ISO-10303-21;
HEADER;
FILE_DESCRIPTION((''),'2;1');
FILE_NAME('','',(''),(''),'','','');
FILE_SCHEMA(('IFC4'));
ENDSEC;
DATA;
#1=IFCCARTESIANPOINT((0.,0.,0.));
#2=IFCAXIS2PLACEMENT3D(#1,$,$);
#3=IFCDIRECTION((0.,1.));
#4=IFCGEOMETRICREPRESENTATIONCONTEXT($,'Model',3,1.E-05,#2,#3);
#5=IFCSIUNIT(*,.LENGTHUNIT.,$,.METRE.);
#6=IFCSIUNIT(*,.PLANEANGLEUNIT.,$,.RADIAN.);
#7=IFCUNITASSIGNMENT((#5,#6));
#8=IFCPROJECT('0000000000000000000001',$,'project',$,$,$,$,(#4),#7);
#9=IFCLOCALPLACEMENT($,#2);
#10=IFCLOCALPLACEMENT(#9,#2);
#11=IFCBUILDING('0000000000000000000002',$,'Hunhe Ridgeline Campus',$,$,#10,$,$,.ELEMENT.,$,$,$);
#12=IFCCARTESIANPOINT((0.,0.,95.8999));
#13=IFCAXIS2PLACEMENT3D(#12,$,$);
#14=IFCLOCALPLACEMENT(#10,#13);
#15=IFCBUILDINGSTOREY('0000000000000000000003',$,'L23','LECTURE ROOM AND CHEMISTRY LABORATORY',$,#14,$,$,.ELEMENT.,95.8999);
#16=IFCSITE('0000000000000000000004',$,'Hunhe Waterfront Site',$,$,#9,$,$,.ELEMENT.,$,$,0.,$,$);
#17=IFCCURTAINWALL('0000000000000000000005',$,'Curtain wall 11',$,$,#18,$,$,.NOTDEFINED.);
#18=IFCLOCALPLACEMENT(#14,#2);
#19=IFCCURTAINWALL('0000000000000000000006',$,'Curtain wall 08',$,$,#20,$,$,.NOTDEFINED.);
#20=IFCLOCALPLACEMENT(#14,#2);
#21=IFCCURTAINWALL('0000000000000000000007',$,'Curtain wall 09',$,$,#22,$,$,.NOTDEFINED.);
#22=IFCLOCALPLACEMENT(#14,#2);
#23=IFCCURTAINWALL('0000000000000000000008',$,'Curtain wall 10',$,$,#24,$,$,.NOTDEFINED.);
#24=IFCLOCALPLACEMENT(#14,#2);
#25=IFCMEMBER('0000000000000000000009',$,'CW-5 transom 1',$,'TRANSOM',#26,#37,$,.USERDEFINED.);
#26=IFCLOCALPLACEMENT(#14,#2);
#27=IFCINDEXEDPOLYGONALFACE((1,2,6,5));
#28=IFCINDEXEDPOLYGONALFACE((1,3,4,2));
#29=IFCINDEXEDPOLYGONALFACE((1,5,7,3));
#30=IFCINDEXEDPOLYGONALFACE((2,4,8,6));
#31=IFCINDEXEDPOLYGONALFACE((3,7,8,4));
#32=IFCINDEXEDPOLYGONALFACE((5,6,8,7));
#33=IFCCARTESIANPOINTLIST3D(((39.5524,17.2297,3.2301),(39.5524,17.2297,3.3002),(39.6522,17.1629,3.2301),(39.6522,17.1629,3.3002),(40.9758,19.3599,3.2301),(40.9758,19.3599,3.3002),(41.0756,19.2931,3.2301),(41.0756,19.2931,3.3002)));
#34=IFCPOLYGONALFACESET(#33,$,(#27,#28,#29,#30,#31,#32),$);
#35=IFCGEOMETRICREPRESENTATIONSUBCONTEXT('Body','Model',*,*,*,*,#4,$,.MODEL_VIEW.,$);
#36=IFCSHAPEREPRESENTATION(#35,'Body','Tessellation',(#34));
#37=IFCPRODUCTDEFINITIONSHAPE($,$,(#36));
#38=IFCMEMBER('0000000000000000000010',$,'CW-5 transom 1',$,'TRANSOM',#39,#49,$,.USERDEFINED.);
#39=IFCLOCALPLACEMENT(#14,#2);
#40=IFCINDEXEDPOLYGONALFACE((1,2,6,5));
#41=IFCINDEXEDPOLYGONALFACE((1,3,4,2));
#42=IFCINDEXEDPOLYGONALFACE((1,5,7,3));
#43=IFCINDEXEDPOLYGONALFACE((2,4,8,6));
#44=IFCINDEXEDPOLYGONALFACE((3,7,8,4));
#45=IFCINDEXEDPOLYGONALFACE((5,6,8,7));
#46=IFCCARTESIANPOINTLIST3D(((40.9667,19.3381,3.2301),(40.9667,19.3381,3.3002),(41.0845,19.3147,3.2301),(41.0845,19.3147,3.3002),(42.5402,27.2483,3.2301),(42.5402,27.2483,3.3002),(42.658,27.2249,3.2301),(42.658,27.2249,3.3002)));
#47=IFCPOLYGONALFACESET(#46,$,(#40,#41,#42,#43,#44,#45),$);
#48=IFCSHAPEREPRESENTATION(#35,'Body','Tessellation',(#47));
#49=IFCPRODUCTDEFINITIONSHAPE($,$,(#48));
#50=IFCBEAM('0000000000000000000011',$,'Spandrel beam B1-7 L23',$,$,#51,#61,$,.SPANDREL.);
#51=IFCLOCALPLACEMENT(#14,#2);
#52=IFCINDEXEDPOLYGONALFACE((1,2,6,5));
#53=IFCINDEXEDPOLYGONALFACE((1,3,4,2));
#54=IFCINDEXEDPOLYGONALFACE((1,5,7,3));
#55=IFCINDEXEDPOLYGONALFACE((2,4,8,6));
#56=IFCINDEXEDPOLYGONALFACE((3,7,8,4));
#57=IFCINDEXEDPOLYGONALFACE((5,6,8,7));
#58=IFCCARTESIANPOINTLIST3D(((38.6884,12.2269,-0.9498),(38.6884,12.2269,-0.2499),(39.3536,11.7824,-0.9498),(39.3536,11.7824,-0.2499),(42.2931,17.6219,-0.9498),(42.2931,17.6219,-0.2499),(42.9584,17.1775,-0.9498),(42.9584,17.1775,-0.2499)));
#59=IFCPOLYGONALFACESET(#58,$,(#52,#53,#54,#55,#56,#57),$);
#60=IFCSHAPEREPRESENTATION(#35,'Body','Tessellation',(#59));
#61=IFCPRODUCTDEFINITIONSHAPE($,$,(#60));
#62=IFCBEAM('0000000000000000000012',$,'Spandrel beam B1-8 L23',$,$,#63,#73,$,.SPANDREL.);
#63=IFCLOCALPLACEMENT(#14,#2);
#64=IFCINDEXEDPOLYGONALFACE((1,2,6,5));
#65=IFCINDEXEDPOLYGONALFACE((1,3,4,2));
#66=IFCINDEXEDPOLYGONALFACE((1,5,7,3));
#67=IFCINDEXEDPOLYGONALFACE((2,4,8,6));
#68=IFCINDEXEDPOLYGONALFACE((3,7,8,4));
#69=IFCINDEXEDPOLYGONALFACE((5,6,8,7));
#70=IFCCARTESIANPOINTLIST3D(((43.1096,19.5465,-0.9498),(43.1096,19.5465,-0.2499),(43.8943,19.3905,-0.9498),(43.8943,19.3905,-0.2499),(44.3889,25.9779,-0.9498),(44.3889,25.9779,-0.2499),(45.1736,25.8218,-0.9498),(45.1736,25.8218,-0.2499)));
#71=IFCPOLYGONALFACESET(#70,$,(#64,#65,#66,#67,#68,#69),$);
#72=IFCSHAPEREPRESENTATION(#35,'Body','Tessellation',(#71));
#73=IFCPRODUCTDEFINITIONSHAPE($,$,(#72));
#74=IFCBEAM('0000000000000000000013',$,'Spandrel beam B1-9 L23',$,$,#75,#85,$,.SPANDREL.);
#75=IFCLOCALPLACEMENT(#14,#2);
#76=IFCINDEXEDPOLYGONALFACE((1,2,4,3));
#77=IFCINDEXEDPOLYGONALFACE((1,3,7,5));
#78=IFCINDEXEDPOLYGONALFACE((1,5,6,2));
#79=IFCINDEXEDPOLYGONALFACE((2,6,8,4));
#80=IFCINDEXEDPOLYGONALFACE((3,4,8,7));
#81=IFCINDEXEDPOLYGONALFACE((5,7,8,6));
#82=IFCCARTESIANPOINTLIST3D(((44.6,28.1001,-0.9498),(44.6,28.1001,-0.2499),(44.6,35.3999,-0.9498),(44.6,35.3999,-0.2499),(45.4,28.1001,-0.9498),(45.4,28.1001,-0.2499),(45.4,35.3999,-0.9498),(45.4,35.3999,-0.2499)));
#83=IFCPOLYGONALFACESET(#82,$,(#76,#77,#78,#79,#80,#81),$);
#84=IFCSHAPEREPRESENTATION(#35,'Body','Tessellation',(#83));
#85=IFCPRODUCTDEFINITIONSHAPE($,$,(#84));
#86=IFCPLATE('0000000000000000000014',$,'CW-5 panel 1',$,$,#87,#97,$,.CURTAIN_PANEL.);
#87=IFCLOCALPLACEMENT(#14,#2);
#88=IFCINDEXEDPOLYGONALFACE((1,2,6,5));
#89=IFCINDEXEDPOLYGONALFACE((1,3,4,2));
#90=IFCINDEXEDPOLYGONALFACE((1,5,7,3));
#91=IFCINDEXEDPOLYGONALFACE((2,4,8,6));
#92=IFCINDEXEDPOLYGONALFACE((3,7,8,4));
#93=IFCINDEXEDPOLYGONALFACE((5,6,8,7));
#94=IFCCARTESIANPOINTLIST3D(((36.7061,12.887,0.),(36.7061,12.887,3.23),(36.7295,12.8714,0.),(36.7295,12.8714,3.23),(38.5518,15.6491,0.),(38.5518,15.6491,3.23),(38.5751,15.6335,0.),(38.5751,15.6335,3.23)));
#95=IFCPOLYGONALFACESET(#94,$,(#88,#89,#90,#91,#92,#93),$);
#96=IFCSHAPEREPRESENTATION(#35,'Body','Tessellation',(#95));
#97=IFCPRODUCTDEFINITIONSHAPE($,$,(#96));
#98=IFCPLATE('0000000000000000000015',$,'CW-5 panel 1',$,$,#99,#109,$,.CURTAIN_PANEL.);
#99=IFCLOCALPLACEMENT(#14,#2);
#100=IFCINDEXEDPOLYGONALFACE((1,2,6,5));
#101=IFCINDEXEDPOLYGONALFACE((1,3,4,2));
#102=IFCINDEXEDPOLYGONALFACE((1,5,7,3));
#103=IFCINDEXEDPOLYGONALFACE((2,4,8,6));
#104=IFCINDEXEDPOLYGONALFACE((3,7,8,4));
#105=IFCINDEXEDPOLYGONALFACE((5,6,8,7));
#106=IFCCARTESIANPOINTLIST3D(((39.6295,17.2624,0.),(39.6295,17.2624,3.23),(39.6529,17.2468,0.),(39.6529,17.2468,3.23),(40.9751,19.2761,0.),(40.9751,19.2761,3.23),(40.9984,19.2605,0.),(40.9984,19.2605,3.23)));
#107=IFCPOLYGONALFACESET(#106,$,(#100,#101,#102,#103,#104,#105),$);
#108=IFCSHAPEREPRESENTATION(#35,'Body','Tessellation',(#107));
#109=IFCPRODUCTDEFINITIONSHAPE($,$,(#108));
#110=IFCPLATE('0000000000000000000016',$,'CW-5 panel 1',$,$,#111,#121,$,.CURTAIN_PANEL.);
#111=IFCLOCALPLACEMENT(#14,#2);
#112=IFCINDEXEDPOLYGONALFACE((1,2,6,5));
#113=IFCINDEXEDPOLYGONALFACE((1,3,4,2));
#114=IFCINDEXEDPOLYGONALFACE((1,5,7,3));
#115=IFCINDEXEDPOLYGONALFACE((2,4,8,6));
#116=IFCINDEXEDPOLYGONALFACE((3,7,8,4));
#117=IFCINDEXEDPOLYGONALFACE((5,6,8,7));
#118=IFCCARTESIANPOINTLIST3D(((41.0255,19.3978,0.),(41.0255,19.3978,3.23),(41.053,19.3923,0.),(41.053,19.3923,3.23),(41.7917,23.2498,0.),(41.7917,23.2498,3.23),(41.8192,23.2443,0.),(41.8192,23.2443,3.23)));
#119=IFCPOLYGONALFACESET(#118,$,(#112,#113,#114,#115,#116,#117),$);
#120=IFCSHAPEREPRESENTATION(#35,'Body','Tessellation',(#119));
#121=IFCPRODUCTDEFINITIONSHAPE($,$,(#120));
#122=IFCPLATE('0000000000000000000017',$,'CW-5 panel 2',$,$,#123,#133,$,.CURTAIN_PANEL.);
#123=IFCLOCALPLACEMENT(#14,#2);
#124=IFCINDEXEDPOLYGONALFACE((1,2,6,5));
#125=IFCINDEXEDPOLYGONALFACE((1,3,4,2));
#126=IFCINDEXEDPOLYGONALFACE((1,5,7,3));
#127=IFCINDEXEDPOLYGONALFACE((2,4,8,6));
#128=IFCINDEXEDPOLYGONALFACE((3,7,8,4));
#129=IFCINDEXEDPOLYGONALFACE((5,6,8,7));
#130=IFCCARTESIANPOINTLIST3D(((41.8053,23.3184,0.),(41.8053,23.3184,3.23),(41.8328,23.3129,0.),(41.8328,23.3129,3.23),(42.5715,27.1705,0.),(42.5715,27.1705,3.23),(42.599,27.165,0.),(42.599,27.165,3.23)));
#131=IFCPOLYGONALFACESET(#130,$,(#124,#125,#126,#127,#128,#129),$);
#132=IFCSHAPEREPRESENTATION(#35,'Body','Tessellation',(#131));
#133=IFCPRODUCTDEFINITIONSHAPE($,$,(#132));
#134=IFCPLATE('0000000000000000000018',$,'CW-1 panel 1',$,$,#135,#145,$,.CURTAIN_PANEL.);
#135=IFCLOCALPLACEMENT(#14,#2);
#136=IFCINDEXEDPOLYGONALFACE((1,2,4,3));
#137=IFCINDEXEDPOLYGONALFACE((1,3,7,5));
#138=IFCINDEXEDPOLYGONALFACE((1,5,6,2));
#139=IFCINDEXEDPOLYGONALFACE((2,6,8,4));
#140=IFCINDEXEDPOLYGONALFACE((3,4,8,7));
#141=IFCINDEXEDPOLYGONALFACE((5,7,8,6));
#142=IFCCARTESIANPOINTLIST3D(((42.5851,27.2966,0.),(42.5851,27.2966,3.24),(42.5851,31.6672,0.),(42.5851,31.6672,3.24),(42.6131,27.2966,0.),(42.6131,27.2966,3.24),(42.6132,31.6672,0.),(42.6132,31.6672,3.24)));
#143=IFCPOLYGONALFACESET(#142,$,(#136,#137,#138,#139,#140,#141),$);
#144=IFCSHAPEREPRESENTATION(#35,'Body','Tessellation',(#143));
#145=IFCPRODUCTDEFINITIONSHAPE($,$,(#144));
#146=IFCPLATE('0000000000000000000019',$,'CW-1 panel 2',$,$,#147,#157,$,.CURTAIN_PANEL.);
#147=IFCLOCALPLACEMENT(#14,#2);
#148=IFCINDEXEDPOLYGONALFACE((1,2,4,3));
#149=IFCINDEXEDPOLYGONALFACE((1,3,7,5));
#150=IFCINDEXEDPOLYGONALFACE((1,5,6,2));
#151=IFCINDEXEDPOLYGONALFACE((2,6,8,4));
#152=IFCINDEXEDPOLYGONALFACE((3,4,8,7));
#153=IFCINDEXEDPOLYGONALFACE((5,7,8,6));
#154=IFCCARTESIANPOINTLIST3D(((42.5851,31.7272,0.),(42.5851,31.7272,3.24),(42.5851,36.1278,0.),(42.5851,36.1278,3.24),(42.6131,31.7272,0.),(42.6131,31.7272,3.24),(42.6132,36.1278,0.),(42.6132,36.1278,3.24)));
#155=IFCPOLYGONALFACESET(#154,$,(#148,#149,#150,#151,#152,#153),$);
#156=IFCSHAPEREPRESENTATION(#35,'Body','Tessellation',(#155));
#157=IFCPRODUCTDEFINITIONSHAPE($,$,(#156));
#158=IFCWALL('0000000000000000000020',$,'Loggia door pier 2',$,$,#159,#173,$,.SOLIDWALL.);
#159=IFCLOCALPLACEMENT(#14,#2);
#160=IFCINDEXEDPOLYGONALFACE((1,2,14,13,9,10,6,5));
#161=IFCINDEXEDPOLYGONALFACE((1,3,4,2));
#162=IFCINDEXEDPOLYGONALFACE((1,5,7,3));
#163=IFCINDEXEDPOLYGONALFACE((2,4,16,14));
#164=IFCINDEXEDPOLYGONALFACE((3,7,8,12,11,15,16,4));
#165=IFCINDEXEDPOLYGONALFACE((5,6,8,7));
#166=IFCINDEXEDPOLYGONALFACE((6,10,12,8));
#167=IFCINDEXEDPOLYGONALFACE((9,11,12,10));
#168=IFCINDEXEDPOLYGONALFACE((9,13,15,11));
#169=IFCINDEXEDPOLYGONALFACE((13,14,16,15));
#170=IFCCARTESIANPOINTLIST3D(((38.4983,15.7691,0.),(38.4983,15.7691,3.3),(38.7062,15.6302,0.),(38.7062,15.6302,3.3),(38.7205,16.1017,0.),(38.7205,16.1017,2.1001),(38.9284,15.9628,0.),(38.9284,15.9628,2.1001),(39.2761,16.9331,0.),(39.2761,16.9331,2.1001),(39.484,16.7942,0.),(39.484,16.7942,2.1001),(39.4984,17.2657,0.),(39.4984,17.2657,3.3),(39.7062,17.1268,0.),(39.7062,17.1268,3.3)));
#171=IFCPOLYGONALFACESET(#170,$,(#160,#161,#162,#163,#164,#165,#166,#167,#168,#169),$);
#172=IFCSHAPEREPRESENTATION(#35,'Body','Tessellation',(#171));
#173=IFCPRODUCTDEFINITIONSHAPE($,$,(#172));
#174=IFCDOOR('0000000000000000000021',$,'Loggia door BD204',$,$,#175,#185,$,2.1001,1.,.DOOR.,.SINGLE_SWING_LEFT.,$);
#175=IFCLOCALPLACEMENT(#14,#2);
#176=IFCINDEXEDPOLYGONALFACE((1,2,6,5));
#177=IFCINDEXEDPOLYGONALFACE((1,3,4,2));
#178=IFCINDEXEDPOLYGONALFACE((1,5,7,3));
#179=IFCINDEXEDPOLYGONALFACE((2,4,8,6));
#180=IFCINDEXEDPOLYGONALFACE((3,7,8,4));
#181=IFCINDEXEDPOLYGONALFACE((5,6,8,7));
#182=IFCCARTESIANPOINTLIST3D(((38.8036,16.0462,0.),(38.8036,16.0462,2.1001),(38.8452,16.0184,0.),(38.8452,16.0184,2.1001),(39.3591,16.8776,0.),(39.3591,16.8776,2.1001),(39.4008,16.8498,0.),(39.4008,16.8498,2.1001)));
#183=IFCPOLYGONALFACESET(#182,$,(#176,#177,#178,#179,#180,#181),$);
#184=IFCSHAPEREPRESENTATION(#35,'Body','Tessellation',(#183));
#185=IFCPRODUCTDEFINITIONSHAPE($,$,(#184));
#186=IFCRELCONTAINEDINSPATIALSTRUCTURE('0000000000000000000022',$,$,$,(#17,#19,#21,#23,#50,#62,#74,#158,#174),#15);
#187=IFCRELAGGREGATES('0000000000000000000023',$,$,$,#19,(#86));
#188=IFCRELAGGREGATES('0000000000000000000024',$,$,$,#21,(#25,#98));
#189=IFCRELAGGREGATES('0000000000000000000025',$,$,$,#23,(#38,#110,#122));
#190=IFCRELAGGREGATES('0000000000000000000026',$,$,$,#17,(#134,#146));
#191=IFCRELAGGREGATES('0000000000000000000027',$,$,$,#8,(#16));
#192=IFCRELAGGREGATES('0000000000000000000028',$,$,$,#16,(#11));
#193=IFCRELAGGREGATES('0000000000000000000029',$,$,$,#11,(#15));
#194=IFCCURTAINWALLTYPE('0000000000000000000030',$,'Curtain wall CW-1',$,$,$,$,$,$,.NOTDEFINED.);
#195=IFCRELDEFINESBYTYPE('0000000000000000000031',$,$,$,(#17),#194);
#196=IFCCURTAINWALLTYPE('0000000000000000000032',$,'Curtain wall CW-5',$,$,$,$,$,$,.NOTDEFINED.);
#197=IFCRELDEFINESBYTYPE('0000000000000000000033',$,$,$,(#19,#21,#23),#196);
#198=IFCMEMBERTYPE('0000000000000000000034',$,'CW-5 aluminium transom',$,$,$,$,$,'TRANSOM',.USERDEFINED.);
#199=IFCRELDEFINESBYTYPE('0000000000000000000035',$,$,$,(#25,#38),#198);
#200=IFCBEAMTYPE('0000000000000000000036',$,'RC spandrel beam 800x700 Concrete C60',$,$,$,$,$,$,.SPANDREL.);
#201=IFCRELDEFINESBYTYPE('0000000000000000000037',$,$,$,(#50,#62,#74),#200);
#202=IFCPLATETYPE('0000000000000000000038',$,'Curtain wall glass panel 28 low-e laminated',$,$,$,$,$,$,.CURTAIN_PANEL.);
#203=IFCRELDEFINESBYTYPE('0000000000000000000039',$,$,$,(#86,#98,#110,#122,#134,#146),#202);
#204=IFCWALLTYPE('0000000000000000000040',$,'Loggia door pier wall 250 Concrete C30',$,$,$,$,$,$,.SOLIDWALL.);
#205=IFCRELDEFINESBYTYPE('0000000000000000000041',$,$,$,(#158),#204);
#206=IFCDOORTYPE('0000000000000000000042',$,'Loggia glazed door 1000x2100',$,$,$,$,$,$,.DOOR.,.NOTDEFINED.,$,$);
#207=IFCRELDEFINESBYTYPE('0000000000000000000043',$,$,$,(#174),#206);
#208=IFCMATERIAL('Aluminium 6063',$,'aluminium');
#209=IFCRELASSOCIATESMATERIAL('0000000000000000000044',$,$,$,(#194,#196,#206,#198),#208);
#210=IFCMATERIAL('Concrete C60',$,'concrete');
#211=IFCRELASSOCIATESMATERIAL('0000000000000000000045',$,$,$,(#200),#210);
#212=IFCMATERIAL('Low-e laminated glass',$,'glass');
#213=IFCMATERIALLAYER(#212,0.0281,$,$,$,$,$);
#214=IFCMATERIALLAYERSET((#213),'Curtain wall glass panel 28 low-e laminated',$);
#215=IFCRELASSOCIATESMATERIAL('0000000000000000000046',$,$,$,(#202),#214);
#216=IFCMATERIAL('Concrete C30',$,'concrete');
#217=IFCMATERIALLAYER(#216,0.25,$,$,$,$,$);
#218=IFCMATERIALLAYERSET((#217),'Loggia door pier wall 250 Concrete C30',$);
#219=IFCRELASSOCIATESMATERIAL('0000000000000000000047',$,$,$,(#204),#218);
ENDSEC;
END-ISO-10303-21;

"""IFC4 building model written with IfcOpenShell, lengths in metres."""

from ifc_helpers import new_model, si_unit, direction, frame, frame_2d, origin, origin_2d, place, context, subcontext, project, spatial, rectangle, extrude, material, layer, layer_set, material_profile, profile_set, type_object, element, fill, aggregate, save


model = new_model("IFC4")

# Units and contexts
model_context = context("Model", 3, precision=1e-05, world=origin(), true_north=direction((0.0, 1.0)))
body_context = subcontext(model_context, "Body", "Model", "MODEL_VIEW")
ifc_project = project(units=[si_unit("LENGTHUNIT", "METRE"), si_unit("PLANEANGLEUNIT", "RADIAN")], contexts=[model_context])

# Site, building, storey
site_placement = place(None, origin())
site = spatial("IfcSite", under=ifc_project, at=site_placement, Name="Hunhe Waterfront Site", CompositionType="ELEMENT", RefElevation=0.0)
building_placement = place(site_placement, origin())
building = spatial("IfcBuilding", under=site, at=building_placement, Name="Hunhe Ridgeline Campus", CompositionType="ELEMENT")
storey_placement = place(building_placement, frame((0.0, 0.0, 95.8999)))
storey = spatial("IfcBuildingStorey", under=building, at=storey_placement, Name="L23", Description="LECTURE ROOM AND CHEMISTRY LABORATORY", CompositionType="ELEMENT", Elevation=95.8999)

# Curtain walls
ifc_material_1 = material(Name="Aluminium 6063", Category="aluminium")
curtain_wall_type_1 = type_object("IfcCurtainWallType", Name="Curtain wall CW-1", PredefinedType="NOTDEFINED", material=ifc_material_1)
curtain_wall_1_placement = place(storey_placement, origin())
curtain_wall_1 = element("IfcCurtainWall", 1, at=curtain_wall_1_placement, inside=storey, type_object=curtain_wall_type_1, Name="Curtain wall 11", PredefinedType="NOTDEFINED")
curtain_wall_type_2 = type_object("IfcCurtainWallType", Name="Curtain wall CW-5", PredefinedType="NOTDEFINED", material=ifc_material_1)
curtain_wall_2_placement = place(storey_placement, origin())
curtain_wall_2 = element("IfcCurtainWall", 2, at=curtain_wall_2_placement, inside=storey, type_object=curtain_wall_type_2, Name="Curtain wall 08", PredefinedType="NOTDEFINED")
curtain_wall_3_placement = place(storey_placement, origin())
curtain_wall_3 = element("IfcCurtainWall", 3, at=curtain_wall_3_placement, inside=storey, type_object=curtain_wall_type_2, Name="Curtain wall 09", PredefinedType="NOTDEFINED")
curtain_wall_4_placement = place(storey_placement, origin())
curtain_wall_4 = element("IfcCurtainWall", 4, at=curtain_wall_4_placement, inside=storey, type_object=curtain_wall_type_2, Name="Curtain wall 10", PredefinedType="NOTDEFINED")

# Members
ifc_material_profile_1 = material_profile(ifc_material_1, rectangle(XDim=0.1201, YDim=0.0701, at=origin_2d()))
ifc_profile_set_1 = profile_set([ifc_material_profile_1], Name="Aluminium 6063")
member_type_1 = type_object("IfcMemberType", Name="CW-5 aluminium transom", ElementType="TRANSOM", PredefinedType="USERDEFINED", material=ifc_profile_set_1)
member_1_placement = place(storey_placement, frame((39.6023, 17.1963, 3.2651), z_axis=(0.55558, 0.831463, 0.0), x_axis=(-0.831463, 0.55558, 0.0)))
member_1 = element("IfcMember", 5, at=member_1_placement, type_object=member_type_1, Name="CW-5 transom 1", ObjectType="TRANSOM", PredefinedType="USERDEFINED", context=body_context, shape_type="SweptSolid", body=[
    extrude(rectangle(XDim=0.1201, YDim=0.0701, at=origin_2d()), origin(), (0.0, 0.0, 1.0), 2.562),
])
member_2_placement = place(storey_placement, frame((41.0256, 19.3264, 3.2651), z_axis=(0.195097, 0.980784, 0.0), x_axis=(-0.980784, 0.195097, 0.0)))
member_2 = element("IfcMember", 6, at=member_2_placement, type_object=member_type_1, Name="CW-5 transom 1", ObjectType="TRANSOM", PredefinedType="USERDEFINED", context=body_context, shape_type="SweptSolid", body=[
    extrude(rectangle(XDim=0.1201, YDim=0.0701, at=origin_2d()), origin(), (0.0, 0.0, 1.0), 8.0652),
])

# Beams
ifc_material_2 = material(Name="Concrete C60", Category="concrete")
ifc_material_profile_2 = material_profile(ifc_material_2, rectangle(XDim=0.8, YDim=0.7, at=origin_2d()))
ifc_profile_set_2 = profile_set([ifc_material_profile_2], Name="Concrete C60")
beam_type = type_object("IfcBeamType", Name="RC spandrel beam 800x700 Concrete C60", PredefinedType="SPANDREL", material=ifc_profile_set_2)
beam_1_placement = place(storey_placement, frame((39.021, 12.0046, -0.5999), z_axis=(0.55556, 0.831477, 0.0), x_axis=(-0.831477, 0.55556, 0.0)))
element("IfcBeam", 7, at=beam_1_placement, inside=storey, type_object=beam_type, Name="Spandrel beam B1-7 L23", PredefinedType="SPANDREL", context=body_context, shape_type="SweptSolid", body=[
    extrude(rectangle(XDim=0.8, YDim=0.7, at=origin_2d()), origin(), (0.0, 0.0, 1.0), 6.4885),
])
beam_2_placement = place(storey_placement, frame((43.502, 19.4685, -0.5999), z_axis=(0.195092, 0.980785, 0.0), x_axis=(-0.980785, 0.195092, 0.0)))
element("IfcBeam", 8, at=beam_2_placement, inside=storey, type_object=beam_type, Name="Spandrel beam B1-8 L23", PredefinedType="SPANDREL", context=body_context, shape_type="SweptSolid", body=[
    extrude(rectangle(XDim=0.8, YDim=0.7, at=origin_2d()), origin(), (0.0, 0.0, 1.0), 6.5574),
])
beam_3_placement = place(storey_placement, frame((45.0, 28.1001, -0.5999), z_axis=(0.0, 1.0, 0.0), x_axis=(-1.0, 0.0, 0.0)))
element("IfcBeam", 9, at=beam_3_placement, inside=storey, type_object=beam_type, Name="Spandrel beam B1-9 L23", PredefinedType="SPANDREL", context=body_context, shape_type="SweptSolid", body=[
    extrude(rectangle(XDim=0.8, YDim=0.7, at=origin_2d()), origin(), (0.0, 0.0, 1.0), 7.2998),
])

# Plates
ifc_material_3 = material(Name="Low-e laminated glass", Category="glass")
ifc_layer_1 = layer(ifc_material_3, 0.0281)
ifc_layer_set_1 = layer_set([ifc_layer_1], Name="Curtain wall glass panel 28 low-e laminated")
plate_type = type_object("IfcPlateType", Name="Curtain wall glass panel 28 low-e laminated", PredefinedType="CURTAIN_PANEL", material=ifc_layer_set_1)
plate_1_placement = place(storey_placement, frame((37.6406, 14.2603, 0.0), z_axis=(0.0, 0.0, 1.0), x_axis=(0.55557, 0.83147, 0.0)))
plate_1 = element("IfcPlate", 10, at=plate_1_placement, type_object=plate_type, Name="CW-5 panel 1", PredefinedType="CURTAIN_PANEL", context=body_context, shape_type="SweptSolid", body=[
    extrude(rectangle(XDim=3.322, YDim=0.0281, at=origin_2d()), origin(), (0.0, 0.0, 1.0), 3.23),
])
aggregate(curtain_wall_2, [plate_1])
plate_2_placement = place(storey_placement, frame((40.314, 18.2615, 0.0), z_axis=(0.0, 0.0, 1.0), x_axis=(0.55557, 0.83147, 0.0)))
plate_2 = element("IfcPlate", 11, at=plate_2_placement, type_object=plate_type, Name="CW-5 panel 1", PredefinedType="CURTAIN_PANEL", context=body_context, shape_type="SweptSolid", body=[
    extrude(rectangle(XDim=2.4219, YDim=0.0281, at=origin_2d()), origin(), (0.0, 0.0, 1.0), 3.23),
])
aggregate(curtain_wall_3, [member_1, plate_2])
plate_3_placement = place(storey_placement, frame((41.4224, 21.321, 0.0), z_axis=(0.0, 0.0, 1.0), x_axis=(0.19509, 0.980785, 0.0)))
plate_3 = element("IfcPlate", 12, at=plate_3_placement, type_object=plate_type, Name="CW-5 panel 1", PredefinedType="CURTAIN_PANEL", context=body_context, shape_type="SweptSolid", body=[
    extrude(rectangle(XDim=3.9275, YDim=0.0281, at=origin_2d()), origin(), (0.0, 0.0, 1.0), 3.23),
])
plate_4_placement = place(storey_placement, frame((42.2021, 25.2417, 0.0), z_axis=(0.0, 0.0, 1.0), x_axis=(0.19509, 0.980785, 0.0)))
plate_4 = element("IfcPlate", 13, at=plate_4_placement, type_object=plate_type, Name="CW-5 panel 2", PredefinedType="CURTAIN_PANEL", context=body_context, shape_type="SweptSolid", body=[
    extrude(rectangle(XDim=3.9275, YDim=0.0281, at=origin_2d()), origin(), (0.0, 0.0, 1.0), 3.23),
])
aggregate(curtain_wall_4, [member_2, plate_3, plate_4])
plate_5_placement = place(storey_placement, frame((42.5991, 29.4819, 0.0), z_axis=(0.0, 0.0, 1.0), x_axis=(0.000011, 1.0, 0.0)))
plate_5 = element("IfcPlate", 14, at=plate_5_placement, type_object=plate_type, Name="CW-1 panel 1", PredefinedType="CURTAIN_PANEL", context=body_context, shape_type="SweptSolid", body=[
    extrude(rectangle(XDim=4.3706, YDim=0.0281, at=origin_2d()), origin(), (0.0, 0.0, 1.0), 3.24),
])
plate_6_placement = place(storey_placement, frame((42.5991, 33.9275, 0.0), z_axis=(0.0, 0.0, 1.0), x_axis=(0.000011, 1.0, 0.0)))
plate_6 = element("IfcPlate", 15, at=plate_6_placement, type_object=plate_type, Name="CW-1 panel 2", PredefinedType="CURTAIN_PANEL", context=body_context, shape_type="SweptSolid", body=[
    extrude(rectangle(XDim=4.4006, YDim=0.0281, at=origin_2d()), origin(), (0.0, 0.0, 1.0), 3.24),
])
aggregate(curtain_wall_1, [plate_5, plate_6])

# Wall, opening, door
ifc_material_4 = material(Name="Concrete C30", Category="concrete")
ifc_layer_2 = layer(ifc_material_4, 0.25)
ifc_layer_set_2 = layer_set([ifc_layer_2], Name="Loggia door pier wall 250 Concrete C30")
wall_type = type_object("IfcWallType", Name="Loggia door pier wall 250 Concrete C30", PredefinedType="SOLIDWALL", material=ifc_layer_set_2)
wall_placement = place(storey_placement, frame((38.6023, 15.6997, 0.0), z_axis=(0.0, 0.0, 1.0), x_axis=(0.555576, 0.831466, 0.0)))
wall = element("IfcWall", 16, at=wall_placement, inside=storey, type_object=wall_type, Name="Loggia door pier 2", PredefinedType="SOLIDWALL", context=body_context, shape_type="SweptSolid", body=[
    extrude(rectangle(XDim=1.8, YDim=0.25, at=frame_2d((0.8999, 0.0))), origin(), (0.0, 0.0, 1.0), 3.3),
])
opening_placement = place(wall_placement, frame((0.3999, 0.0, 0.0)))
opening = element("IfcOpeningElement", 17, at=opening_placement, cuts=wall, PredefinedType="OPENING", context=body_context, shape_type="SweptSolid", body=[
    extrude(rectangle(XDim=1.0, YDim=2.1001, at=frame_2d((0.5, 1.05))), frame((0.0, 0.125, 0.0), z_axis=(0.0, -1.0, 0.0), x_axis=(1.0, 0.0, 0.0)), (0.0, 0.0, 1.0), 0.25),
])
door_type = type_object("IfcDoorType", Name="Loggia glazed door 1000x2100", OperationType="NOTDEFINED", PredefinedType="DOOR", material=ifc_material_1)
door_placement = place(opening_placement, frame((1.0, 0.0, 0.0), z_axis=(0.0, 0.0, 1.0), x_axis=(-1.0, 0.0, 0.0)))
door = element("IfcDoor", 18, at=door_placement, inside=storey, type_object=door_type, Name="Loggia door BD204", OperationType="SINGLE_SWING_LEFT", OverallHeight=2.1001, OverallWidth=1.0, PredefinedType="DOOR", context=body_context, shape_type="SweptSolid", body=[
    extrude(rectangle(XDim=1.0, YDim=2.1001, at=frame_2d((0.5, 1.05))), frame((0.0, 0.0249, 0.0), z_axis=(0.0, -1.0, 0.0), x_axis=(1.0, 0.0, 0.0)), (0.0, 0.0, 1.0), 0.05),
])
fill(opening, door)

save(model, "model.ifc")
